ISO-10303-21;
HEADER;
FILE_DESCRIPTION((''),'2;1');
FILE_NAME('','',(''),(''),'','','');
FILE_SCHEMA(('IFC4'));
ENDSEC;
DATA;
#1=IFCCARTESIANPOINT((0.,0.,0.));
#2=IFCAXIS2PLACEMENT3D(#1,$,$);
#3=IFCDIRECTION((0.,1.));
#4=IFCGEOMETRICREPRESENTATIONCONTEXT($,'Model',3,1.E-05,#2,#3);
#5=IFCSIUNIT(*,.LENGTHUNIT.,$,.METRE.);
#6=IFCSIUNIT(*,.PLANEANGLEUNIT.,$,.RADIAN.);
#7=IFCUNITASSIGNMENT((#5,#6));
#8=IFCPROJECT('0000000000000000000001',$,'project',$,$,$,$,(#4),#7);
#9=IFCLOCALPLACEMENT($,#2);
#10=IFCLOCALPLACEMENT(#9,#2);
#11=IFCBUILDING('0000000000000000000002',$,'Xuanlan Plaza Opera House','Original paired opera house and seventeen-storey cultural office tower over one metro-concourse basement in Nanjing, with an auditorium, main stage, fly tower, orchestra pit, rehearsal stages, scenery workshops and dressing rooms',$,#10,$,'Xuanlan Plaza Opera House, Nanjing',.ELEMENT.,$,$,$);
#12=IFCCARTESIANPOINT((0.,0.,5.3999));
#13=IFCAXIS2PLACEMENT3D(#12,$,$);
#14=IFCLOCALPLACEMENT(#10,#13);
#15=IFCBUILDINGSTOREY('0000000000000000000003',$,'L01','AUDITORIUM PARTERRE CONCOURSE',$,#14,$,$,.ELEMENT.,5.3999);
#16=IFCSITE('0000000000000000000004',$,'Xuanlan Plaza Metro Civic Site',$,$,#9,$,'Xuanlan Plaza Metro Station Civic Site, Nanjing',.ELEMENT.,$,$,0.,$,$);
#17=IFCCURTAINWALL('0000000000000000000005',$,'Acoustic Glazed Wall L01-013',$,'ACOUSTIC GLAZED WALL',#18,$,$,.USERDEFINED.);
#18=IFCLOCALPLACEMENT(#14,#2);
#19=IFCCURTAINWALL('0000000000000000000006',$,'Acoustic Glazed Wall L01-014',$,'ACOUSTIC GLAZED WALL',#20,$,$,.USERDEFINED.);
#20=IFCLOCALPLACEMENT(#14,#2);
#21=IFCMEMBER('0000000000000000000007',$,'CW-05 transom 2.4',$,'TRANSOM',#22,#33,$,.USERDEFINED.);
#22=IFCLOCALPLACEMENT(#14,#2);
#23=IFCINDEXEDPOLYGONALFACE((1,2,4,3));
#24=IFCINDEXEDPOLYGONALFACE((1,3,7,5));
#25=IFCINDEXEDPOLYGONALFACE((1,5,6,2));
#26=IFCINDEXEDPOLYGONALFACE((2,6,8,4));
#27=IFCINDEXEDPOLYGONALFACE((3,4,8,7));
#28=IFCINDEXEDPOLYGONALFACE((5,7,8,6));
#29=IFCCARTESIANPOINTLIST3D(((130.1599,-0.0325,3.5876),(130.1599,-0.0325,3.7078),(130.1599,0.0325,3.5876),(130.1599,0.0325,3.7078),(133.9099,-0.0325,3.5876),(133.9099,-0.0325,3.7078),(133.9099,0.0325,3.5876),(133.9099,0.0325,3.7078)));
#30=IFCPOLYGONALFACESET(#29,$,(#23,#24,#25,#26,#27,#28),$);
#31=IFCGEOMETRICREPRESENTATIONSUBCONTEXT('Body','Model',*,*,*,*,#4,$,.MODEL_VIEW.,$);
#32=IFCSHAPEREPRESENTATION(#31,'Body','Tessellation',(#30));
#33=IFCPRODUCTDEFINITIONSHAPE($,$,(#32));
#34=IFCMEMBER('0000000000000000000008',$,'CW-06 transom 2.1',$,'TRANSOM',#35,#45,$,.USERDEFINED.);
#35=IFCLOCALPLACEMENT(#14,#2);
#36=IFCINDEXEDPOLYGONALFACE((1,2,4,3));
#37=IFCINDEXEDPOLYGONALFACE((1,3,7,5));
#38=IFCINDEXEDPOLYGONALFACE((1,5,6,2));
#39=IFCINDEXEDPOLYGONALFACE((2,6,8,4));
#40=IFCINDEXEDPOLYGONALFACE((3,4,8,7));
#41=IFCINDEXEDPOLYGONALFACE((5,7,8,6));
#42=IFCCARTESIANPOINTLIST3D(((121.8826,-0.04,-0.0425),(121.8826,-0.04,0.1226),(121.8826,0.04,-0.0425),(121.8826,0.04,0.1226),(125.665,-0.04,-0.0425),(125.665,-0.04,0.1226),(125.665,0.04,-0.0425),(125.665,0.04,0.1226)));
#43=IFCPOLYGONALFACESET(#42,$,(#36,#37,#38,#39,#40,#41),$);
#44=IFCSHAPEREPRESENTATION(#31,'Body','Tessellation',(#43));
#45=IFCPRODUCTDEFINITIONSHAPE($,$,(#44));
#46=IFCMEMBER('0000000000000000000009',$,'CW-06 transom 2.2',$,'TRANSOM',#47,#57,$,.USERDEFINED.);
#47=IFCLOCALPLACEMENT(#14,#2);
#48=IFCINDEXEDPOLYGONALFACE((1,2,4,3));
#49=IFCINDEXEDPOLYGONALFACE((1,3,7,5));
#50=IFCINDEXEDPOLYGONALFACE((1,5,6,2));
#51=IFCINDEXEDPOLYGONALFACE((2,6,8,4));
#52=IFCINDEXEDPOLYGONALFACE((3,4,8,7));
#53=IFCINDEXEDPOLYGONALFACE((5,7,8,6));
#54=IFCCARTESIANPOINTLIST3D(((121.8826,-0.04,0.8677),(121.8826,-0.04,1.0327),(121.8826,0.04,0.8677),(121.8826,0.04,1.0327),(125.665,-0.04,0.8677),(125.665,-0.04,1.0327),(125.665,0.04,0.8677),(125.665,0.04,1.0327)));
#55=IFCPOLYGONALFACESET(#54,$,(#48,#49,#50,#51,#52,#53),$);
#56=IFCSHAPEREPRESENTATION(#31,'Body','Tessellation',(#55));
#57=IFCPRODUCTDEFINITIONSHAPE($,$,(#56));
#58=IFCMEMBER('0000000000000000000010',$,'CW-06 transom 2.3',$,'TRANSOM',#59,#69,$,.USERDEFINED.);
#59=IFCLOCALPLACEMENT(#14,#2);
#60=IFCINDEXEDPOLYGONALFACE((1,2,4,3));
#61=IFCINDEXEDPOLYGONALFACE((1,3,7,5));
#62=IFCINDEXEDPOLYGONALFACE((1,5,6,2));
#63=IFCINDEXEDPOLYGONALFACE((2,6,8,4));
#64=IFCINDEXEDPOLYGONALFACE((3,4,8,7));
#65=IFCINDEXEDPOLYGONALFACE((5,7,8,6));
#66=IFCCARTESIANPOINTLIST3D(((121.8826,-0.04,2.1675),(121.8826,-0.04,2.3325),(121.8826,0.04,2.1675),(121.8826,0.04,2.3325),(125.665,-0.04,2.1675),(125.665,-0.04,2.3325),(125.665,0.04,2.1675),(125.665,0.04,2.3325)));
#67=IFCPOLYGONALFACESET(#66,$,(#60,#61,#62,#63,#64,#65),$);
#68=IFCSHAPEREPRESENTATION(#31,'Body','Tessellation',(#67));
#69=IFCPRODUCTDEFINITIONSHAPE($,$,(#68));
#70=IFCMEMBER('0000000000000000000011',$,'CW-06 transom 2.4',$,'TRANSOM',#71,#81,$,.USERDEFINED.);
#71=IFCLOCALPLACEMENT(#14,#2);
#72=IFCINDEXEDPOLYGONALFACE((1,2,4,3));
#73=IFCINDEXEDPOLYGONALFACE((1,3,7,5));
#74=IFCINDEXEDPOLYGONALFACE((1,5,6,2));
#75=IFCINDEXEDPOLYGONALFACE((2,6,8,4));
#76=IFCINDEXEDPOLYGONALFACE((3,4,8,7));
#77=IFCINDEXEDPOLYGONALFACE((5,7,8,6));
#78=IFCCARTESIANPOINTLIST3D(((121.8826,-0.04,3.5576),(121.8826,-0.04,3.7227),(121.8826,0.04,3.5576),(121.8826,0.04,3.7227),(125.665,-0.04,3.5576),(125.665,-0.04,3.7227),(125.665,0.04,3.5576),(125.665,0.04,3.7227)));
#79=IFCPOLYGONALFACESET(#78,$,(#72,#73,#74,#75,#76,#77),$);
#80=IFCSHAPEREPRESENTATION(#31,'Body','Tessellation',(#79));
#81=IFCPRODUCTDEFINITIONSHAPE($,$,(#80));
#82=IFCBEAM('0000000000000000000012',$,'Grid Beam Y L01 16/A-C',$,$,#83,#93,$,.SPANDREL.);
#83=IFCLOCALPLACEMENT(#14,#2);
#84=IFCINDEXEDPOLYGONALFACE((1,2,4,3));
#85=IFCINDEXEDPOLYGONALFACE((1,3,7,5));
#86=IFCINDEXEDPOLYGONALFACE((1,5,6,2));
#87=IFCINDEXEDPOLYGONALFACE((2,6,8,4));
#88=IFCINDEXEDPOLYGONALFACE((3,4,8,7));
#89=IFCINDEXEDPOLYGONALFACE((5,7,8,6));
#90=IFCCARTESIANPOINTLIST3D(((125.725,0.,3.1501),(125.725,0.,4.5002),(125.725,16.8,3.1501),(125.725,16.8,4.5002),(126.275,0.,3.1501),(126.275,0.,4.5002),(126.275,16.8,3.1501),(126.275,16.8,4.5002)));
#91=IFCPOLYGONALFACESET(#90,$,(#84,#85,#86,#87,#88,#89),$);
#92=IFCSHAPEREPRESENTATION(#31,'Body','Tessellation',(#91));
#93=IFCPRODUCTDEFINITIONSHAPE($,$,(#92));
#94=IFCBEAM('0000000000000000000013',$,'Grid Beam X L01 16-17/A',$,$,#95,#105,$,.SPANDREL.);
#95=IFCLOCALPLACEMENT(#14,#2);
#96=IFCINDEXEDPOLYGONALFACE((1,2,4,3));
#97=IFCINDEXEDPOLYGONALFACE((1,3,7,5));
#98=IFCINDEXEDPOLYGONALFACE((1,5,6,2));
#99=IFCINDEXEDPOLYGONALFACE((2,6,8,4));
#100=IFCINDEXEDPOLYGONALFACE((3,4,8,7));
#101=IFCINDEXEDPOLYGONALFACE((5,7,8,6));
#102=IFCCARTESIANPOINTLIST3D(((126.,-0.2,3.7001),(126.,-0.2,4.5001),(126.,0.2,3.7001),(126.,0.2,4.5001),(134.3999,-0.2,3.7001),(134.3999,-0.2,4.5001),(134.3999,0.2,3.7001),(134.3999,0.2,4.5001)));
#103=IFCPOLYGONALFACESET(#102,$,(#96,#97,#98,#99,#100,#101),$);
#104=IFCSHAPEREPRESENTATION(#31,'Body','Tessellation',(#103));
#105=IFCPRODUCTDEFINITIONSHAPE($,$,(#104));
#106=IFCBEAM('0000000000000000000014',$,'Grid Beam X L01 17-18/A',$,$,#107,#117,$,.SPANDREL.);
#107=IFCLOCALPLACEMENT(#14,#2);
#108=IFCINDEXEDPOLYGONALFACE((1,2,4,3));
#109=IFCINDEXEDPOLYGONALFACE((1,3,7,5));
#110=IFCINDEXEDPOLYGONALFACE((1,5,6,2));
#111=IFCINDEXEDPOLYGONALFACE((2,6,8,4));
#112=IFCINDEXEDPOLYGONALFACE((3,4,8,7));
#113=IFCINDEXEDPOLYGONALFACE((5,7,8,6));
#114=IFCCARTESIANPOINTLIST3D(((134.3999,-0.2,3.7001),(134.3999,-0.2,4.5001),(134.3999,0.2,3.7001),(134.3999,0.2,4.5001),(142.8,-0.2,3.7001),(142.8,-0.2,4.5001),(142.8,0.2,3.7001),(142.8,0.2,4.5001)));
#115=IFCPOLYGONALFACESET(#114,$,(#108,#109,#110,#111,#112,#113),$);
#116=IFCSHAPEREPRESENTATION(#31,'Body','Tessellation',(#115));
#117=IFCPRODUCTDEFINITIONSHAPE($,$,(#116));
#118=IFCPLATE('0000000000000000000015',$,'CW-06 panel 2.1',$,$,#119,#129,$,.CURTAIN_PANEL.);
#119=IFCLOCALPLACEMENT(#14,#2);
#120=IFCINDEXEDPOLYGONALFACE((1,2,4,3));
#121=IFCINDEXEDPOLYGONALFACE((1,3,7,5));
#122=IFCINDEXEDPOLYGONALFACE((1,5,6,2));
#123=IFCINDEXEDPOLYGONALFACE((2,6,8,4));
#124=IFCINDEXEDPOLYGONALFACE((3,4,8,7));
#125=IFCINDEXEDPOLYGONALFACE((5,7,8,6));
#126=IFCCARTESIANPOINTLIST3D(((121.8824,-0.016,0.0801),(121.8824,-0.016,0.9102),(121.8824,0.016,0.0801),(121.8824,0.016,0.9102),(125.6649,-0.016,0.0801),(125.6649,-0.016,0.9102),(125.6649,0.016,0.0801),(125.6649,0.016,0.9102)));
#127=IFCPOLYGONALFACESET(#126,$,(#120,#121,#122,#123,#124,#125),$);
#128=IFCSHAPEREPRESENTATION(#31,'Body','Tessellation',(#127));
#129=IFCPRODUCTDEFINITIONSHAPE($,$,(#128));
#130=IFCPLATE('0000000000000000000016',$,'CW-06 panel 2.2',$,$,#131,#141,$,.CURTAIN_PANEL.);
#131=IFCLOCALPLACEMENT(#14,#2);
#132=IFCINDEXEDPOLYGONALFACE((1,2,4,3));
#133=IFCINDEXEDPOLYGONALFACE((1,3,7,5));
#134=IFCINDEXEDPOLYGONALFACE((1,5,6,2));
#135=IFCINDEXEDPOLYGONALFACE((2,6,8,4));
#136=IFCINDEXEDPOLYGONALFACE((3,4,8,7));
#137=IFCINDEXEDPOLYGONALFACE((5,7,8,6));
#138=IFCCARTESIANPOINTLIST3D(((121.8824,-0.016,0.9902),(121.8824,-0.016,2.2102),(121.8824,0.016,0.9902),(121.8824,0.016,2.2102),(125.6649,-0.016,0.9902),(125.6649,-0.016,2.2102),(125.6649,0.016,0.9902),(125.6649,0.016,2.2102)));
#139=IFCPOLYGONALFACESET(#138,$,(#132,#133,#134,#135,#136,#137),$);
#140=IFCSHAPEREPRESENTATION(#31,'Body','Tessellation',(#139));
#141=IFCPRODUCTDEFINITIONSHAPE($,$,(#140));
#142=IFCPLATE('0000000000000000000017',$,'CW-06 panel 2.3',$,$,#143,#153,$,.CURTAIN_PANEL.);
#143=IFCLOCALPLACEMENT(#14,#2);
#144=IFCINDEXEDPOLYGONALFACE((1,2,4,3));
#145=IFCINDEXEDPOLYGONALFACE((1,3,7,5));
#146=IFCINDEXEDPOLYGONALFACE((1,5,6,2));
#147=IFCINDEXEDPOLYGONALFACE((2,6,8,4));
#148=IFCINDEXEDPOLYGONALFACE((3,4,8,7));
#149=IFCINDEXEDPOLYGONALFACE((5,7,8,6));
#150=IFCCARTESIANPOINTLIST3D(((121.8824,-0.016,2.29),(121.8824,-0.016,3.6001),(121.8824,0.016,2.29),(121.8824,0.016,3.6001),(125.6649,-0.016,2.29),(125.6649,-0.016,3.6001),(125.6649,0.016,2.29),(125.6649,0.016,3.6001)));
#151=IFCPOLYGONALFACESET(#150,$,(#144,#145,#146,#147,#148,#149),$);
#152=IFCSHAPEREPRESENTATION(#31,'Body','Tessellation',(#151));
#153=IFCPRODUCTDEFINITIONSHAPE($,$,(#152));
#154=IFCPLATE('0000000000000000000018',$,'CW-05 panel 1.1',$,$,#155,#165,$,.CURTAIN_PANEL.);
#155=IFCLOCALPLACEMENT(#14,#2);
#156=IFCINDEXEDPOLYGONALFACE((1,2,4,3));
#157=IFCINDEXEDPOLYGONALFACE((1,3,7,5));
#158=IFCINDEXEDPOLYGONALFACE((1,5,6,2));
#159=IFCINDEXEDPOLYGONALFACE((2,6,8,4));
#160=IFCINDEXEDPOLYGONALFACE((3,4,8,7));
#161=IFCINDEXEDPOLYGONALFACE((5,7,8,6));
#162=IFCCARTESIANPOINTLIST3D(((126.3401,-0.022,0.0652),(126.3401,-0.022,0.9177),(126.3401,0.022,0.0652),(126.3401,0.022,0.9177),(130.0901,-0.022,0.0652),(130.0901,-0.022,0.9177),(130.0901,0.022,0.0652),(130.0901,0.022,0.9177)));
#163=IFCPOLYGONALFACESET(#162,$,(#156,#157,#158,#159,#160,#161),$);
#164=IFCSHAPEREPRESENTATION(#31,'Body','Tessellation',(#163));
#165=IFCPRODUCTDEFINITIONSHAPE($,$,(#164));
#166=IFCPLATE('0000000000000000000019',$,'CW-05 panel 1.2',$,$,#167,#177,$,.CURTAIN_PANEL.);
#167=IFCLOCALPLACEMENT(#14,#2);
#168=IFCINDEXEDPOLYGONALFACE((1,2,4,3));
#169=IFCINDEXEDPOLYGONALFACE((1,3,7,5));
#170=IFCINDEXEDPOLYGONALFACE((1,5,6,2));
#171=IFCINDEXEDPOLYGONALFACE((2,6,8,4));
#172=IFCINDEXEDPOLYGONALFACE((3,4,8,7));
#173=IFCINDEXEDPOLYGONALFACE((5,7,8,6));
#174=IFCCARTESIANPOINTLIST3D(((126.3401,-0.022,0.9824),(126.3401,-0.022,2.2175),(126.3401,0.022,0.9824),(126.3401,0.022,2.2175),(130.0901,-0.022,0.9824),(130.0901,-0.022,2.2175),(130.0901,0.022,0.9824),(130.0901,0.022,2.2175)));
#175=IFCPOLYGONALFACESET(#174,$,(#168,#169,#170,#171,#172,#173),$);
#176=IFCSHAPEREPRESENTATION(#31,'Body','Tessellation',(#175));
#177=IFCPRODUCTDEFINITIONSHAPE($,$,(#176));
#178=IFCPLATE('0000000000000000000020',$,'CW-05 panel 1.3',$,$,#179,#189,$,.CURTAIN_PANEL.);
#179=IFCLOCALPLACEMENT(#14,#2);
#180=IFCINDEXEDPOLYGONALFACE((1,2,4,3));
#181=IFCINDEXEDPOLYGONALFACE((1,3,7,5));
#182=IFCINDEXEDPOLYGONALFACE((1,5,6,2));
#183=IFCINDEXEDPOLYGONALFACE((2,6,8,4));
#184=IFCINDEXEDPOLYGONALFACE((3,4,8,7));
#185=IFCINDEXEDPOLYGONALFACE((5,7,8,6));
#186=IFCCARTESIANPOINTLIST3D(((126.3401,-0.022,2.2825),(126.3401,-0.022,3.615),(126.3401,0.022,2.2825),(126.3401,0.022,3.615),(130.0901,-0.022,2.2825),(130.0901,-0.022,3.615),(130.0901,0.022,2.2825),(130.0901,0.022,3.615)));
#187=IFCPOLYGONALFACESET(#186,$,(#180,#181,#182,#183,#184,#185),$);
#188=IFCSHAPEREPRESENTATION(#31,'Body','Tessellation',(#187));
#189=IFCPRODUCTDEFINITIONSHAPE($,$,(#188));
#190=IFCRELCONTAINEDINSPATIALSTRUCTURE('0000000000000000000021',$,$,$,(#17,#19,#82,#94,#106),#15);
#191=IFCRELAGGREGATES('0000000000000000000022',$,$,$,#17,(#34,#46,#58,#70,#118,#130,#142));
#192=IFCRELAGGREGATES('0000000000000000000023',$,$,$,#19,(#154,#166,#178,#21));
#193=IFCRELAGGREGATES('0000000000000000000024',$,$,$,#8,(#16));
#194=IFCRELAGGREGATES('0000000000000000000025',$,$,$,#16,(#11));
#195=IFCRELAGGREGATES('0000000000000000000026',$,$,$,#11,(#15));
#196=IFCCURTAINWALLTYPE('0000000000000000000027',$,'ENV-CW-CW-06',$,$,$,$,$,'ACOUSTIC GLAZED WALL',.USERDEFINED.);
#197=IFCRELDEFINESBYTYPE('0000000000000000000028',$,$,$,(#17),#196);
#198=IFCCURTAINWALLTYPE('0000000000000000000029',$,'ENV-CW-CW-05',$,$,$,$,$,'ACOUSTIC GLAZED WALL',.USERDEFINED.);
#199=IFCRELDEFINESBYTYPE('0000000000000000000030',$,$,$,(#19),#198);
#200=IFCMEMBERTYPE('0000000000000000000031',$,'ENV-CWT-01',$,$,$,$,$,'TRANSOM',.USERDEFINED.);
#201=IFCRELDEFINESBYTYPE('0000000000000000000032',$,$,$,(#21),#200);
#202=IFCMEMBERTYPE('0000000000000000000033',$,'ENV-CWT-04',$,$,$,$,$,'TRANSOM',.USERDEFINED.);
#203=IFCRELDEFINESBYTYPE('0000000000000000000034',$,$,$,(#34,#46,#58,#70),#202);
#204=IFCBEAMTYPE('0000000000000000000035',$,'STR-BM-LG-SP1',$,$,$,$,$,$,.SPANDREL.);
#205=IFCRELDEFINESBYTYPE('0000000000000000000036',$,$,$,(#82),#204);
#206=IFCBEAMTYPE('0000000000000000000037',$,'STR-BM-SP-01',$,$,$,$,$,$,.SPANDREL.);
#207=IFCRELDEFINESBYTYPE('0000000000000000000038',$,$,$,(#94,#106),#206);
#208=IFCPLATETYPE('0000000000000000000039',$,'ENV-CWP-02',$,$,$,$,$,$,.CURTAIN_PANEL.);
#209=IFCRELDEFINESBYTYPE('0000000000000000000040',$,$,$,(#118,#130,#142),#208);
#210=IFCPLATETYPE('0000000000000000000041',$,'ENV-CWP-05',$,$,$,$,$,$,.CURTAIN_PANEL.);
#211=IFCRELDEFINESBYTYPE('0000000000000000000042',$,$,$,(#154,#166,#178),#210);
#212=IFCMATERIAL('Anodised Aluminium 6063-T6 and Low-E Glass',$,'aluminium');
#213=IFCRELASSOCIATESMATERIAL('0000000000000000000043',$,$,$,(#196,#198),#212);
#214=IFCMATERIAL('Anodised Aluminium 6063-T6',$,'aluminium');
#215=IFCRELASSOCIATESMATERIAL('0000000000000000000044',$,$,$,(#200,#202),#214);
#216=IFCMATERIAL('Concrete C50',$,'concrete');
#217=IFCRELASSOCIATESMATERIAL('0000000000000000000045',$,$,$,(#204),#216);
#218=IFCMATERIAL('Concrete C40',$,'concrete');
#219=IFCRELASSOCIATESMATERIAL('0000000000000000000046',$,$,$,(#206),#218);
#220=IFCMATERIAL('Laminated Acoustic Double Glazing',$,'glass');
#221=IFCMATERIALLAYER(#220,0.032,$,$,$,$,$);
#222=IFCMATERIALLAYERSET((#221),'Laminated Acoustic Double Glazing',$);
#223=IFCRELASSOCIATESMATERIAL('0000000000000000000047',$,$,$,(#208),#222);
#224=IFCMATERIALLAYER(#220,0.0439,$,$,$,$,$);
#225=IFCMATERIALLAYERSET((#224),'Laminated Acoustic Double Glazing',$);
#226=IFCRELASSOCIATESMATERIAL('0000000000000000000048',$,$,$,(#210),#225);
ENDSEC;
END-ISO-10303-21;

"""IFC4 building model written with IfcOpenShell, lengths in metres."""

from ifc_helpers import new_model, si_unit, direction, frame, origin, origin_2d, place, context, subcontext, project, spatial, rectangle, extrude, material, layer, layer_set, material_profile, profile_set, type_object, element, aggregate, save


model = new_model("IFC4")

# Units and contexts
model_context = context("Model", 3, precision=1e-05, world=origin(), true_north=direction((0.0, 1.0)))
body_context = subcontext(model_context, "Body", "Model", "MODEL_VIEW")
ifc_project = project(units=[si_unit("LENGTHUNIT", "METRE"), si_unit("PLANEANGLEUNIT", "RADIAN")], contexts=[model_context])

# Site, building, storey
site_placement = place(None, origin())
site = spatial("IfcSite", under=ifc_project, at=site_placement, Name="Xuanlan Plaza Metro Civic Site", LongName="Xuanlan Plaza Metro Station Civic Site, Nanjing", CompositionType="ELEMENT", RefElevation=0.0)
building_placement = place(site_placement, origin())
building = spatial("IfcBuilding", under=site, at=building_placement, Name="Xuanlan Plaza Opera House", Description="Original paired opera house and seventeen-storey cultural office tower over one metro-concourse basement in Nanjing, with an auditorium, main stage, fly tower, orchestra pit, rehearsal stages, scenery workshops and dressing rooms", LongName="Xuanlan Plaza Opera House, Nanjing", CompositionType="ELEMENT")
storey_placement = place(building_placement, frame((0.0, 0.0, 5.3999)))
storey = spatial("IfcBuildingStorey", under=building, at=storey_placement, Name="L01", Description="AUDITORIUM PARTERRE CONCOURSE", CompositionType="ELEMENT", Elevation=5.3999)

# Shared definitions
ifc_material_1 = material(Name="Concrete C40", Category="concrete")

# Curtain walls, member
ifc_material_2 = material(Name="Anodised Aluminium 6063-T6 and Low-E Glass", Category="aluminium")
curtain_wall_type_1 = type_object("IfcCurtainWallType", Name="ENV-CW-CW-06", ElementType="ACOUSTIC GLAZED WALL", PredefinedType="USERDEFINED", material=ifc_material_2)
curtain_wall_1_placement = place(storey_placement, origin())
curtain_wall_1 = element("IfcCurtainWall", 1, at=curtain_wall_1_placement, inside=storey, type_object=curtain_wall_type_1, Name="Acoustic Glazed Wall L01-013", ObjectType="ACOUSTIC GLAZED WALL", PredefinedType="USERDEFINED")
ifc_material_3 = material(Name="Anodised Aluminium 6063-T6", Category="aluminium")
curtain_wall_type_2 = type_object("IfcCurtainWallType", Name="ENV-CW-CW-05", ElementType="ACOUSTIC GLAZED WALL", PredefinedType="USERDEFINED", material=ifc_material_2)
curtain_wall_2_placement = place(storey_placement, origin())
curtain_wall_2 = element("IfcCurtainWall", 2, at=curtain_wall_2_placement, inside=storey, type_object=curtain_wall_type_2, Name="Acoustic Glazed Wall L01-014", ObjectType="ACOUSTIC GLAZED WALL", PredefinedType="USERDEFINED")
ifc_material_profile_1 = material_profile(ifc_material_3, rectangle(XDim=0.0649, YDim=0.1201, at=origin_2d()), Name="ALU-T 65x120")
ifc_profile_set_1 = profile_set([ifc_material_profile_1], Name="Anodised Aluminium 6063-T6")
member_type_1 = type_object("IfcMemberType", Name="ENV-CWT-01", ElementType="TRANSOM", PredefinedType="USERDEFINED", material=ifc_profile_set_1)
member_1_placement = place(storey_placement, frame((130.1599, 0.0, 3.6477), z_axis=(1.0, 0.0, 0.0), x_axis=(0.0, 1.0, 0.0)))
member_1 = element("IfcMember", 3, at=member_1_placement, type_object=member_type_1, Name="CW-05 transom 2.4", ObjectType="TRANSOM", PredefinedType="USERDEFINED", context=body_context, shape_type="SweptSolid", body=[
    extrude(rectangle(XDim=0.0649, YDim=0.1201, at=origin_2d()), origin(), (0.0, 0.0, 1.0), 3.75),
])

# Members
ifc_material_profile_2 = material_profile(ifc_material_3, rectangle(XDim=0.0801, YDim=0.165, at=origin_2d()), Name="ALU-T 80x165")
ifc_profile_set_2 = profile_set([ifc_material_profile_2], Name="Anodised Aluminium 6063-T6")
member_type_2 = type_object("IfcMemberType", Name="ENV-CWT-04", ElementType="TRANSOM", PredefinedType="USERDEFINED", material=ifc_profile_set_2)
member_2_placement = place(storey_placement, frame((121.8826, 0.0, 0.04), z_axis=(1.0, 0.0, 0.0), x_axis=(0.0, 1.0, 0.0)))
member_2 = element("IfcMember", 4, at=member_2_placement, type_object=member_type_2, Name="CW-06 transom 2.1", ObjectType="TRANSOM", PredefinedType="USERDEFINED", context=body_context, shape_type="SweptSolid", body=[
    extrude(rectangle(XDim=0.0801, YDim=0.165, at=origin_2d()), origin(), (0.0, 0.0, 1.0), 3.7825),
])
member_3_placement = place(storey_placement, frame((121.8826, 0.0, 0.9502), z_axis=(1.0, 0.0, 0.0), x_axis=(0.0, 1.0, 0.0)))
member_3 = element("IfcMember", 5, at=member_3_placement, type_object=member_type_2, Name="CW-06 transom 2.2", ObjectType="TRANSOM", PredefinedType="USERDEFINED", context=body_context, shape_type="SweptSolid", body=[
    extrude(rectangle(XDim=0.0801, YDim=0.165, at=origin_2d()), origin(), (0.0, 0.0, 1.0), 3.7825),
])
member_4_placement = place(storey_placement, frame((121.8826, 0.0, 2.25), z_axis=(1.0, 0.0, 0.0), x_axis=(0.0, 1.0, 0.0)))
member_4 = element("IfcMember", 6, at=member_4_placement, type_object=member_type_2, Name="CW-06 transom 2.3", ObjectType="TRANSOM", PredefinedType="USERDEFINED", context=body_context, shape_type="SweptSolid", body=[
    extrude(rectangle(XDim=0.0801, YDim=0.165, at=origin_2d()), origin(), (0.0, 0.0, 1.0), 3.7825),
])
member_5_placement = place(storey_placement, frame((121.8826, 0.0, 3.6401), z_axis=(1.0, 0.0, 0.0), x_axis=(0.0, 1.0, 0.0)))
member_5 = element("IfcMember", 7, at=member_5_placement, type_object=member_type_2, Name="CW-06 transom 2.4", ObjectType="TRANSOM", PredefinedType="USERDEFINED", context=body_context, shape_type="SweptSolid", body=[
    extrude(rectangle(XDim=0.0801, YDim=0.165, at=origin_2d()), origin(), (0.0, 0.0, 1.0), 3.7825),
])

# Beams
ifc_material_4 = material(Name="Concrete C50", Category="concrete")
ifc_material_profile_3 = material_profile(ifc_material_4, rectangle(XDim=0.55, YDim=1.3501, at=origin_2d()), Name="RC-SPD 550x1350")
ifc_profile_set_3 = profile_set([ifc_material_profile_3], Name="Concrete C50")
beam_type_1 = type_object("IfcBeamType", Name="STR-BM-LG-SP1", PredefinedType="SPANDREL", material=ifc_profile_set_3)
beam_1_placement = place(storey_placement, frame((126.0, 0.0, 3.8252), z_axis=(0.0, 1.0, 0.0), x_axis=(-1.0, 0.0, 0.0)))
element("IfcBeam", 8, at=beam_1_placement, inside=storey, type_object=beam_type_1, Name="Grid Beam Y L01 16/A-C", PredefinedType="SPANDREL", context=body_context, shape_type="SweptSolid", body=[
    extrude(rectangle(XDim=0.55, YDim=1.3501, at=origin_2d()), origin(), (0.0, 0.0, 1.0), 16.8),
])
ifc_material_profile_4 = material_profile(ifc_material_1, rectangle(XDim=0.3999, YDim=0.8, at=origin_2d()), Name="RC-SPD 400x800")
ifc_profile_set_4 = profile_set([ifc_material_profile_4], Name="Concrete C40")
beam_type_2 = type_object("IfcBeamType", Name="STR-BM-SP-01", PredefinedType="SPANDREL", material=ifc_profile_set_4)
beam_2_placement = place(storey_placement, frame((126.0, 0.0, 4.1001), z_axis=(1.0, 0.0, 0.0), x_axis=(0.0, 1.0, 0.0)))
element("IfcBeam", 9, at=beam_2_placement, inside=storey, type_object=beam_type_2, Name="Grid Beam X L01 16-17/A", PredefinedType="SPANDREL", context=body_context, shape_type="SweptSolid", body=[
    extrude(rectangle(XDim=0.3999, YDim=0.8, at=origin_2d()), origin(), (0.0, 0.0, 1.0), 8.3999),
])
beam_3_placement = place(storey_placement, frame((134.3999, 0.0, 4.1001), z_axis=(1.0, 0.0, 0.0), x_axis=(0.0, 1.0, 0.0)))
element("IfcBeam", 10, at=beam_3_placement, inside=storey, type_object=beam_type_2, Name="Grid Beam X L01 17-18/A", PredefinedType="SPANDREL", context=body_context, shape_type="SweptSolid", body=[
    extrude(rectangle(XDim=0.3999, YDim=0.8, at=origin_2d()), origin(), (0.0, 0.0, 1.0), 8.4001),
])

# Plates
ifc_material_5 = material(Name="Laminated Acoustic Double Glazing", Category="glass")
ifc_layer_1 = layer(ifc_material_5, 0.032)
ifc_layer_set_1 = layer_set([ifc_layer_1], Name="Laminated Acoustic Double Glazing")
plate_type_1 = type_object("IfcPlateType", Name="ENV-CWP-02", PredefinedType="CURTAIN_PANEL", material=ifc_layer_set_1)
plate_1_placement = place(storey_placement, frame((123.7737, 0.0, 0.0801), z_axis=(0.0, 0.0, 1.0), x_axis=(1.0, 0.0, 0.0)))
plate_1 = element("IfcPlate", 11, at=plate_1_placement, type_object=plate_type_1, Name="CW-06 panel 2.1", PredefinedType="CURTAIN_PANEL", context=body_context, shape_type="SweptSolid", body=[
    extrude(rectangle(XDim=3.7825, YDim=0.032, at=origin_2d()), origin(), (0.0, 0.0, 1.0), 0.8301),
])
plate_2_placement = place(storey_placement, frame((123.7737, 0.0, 0.9902), z_axis=(0.0, 0.0, 1.0), x_axis=(1.0, 0.0, 0.0)))
plate_2 = element("IfcPlate", 12, at=plate_2_placement, type_object=plate_type_1, Name="CW-06 panel 2.2", PredefinedType="CURTAIN_PANEL", context=body_context, shape_type="SweptSolid", body=[
    extrude(rectangle(XDim=3.7825, YDim=0.032, at=origin_2d()), origin(), (0.0, 0.0, 1.0), 1.22),
])
plate_3_placement = place(storey_placement, frame((123.7737, 0.0, 2.29), z_axis=(0.0, 0.0, 1.0), x_axis=(1.0, 0.0, 0.0)))
plate_3 = element("IfcPlate", 13, at=plate_3_placement, type_object=plate_type_1, Name="CW-06 panel 2.3", PredefinedType="CURTAIN_PANEL", context=body_context, shape_type="SweptSolid", body=[
    extrude(rectangle(XDim=3.7825, YDim=0.032, at=origin_2d()), origin(), (0.0, 0.0, 1.0), 1.3101),
])
aggregate(curtain_wall_1, [member_2, member_3, member_4, member_5, plate_1, plate_2, plate_3])
ifc_layer_2 = layer(ifc_material_5, 0.0439)
ifc_layer_set_2 = layer_set([ifc_layer_2], Name="Laminated Acoustic Double Glazing")
plate_type_2 = type_object("IfcPlateType", Name="ENV-CWP-05", PredefinedType="CURTAIN_PANEL", material=ifc_layer_set_2)
plate_4_placement = place(storey_placement, frame((128.2151, 0.0, 0.0652), z_axis=(0.0, 0.0, 1.0), x_axis=(1.0, 0.0, 0.0)))
plate_4 = element("IfcPlate", 14, at=plate_4_placement, type_object=plate_type_2, Name="CW-05 panel 1.1", PredefinedType="CURTAIN_PANEL", context=body_context, shape_type="SweptSolid", body=[
    extrude(rectangle(XDim=3.75, YDim=0.0439, at=origin_2d()), origin(), (0.0, 0.0, 1.0), 0.8525),
])
plate_5_placement = place(storey_placement, frame((128.2151, 0.0, 0.9824), z_axis=(0.0, 0.0, 1.0), x_axis=(1.0, 0.0, 0.0)))
plate_5 = element("IfcPlate", 15, at=plate_5_placement, type_object=plate_type_2, Name="CW-05 panel 1.2", PredefinedType="CURTAIN_PANEL", context=body_context, shape_type="SweptSolid", body=[
    extrude(rectangle(XDim=3.75, YDim=0.0439, at=origin_2d()), origin(), (0.0, 0.0, 1.0), 1.2351),
])
plate_6_placement = place(storey_placement, frame((128.2151, 0.0, 2.2825), z_axis=(0.0, 0.0, 1.0), x_axis=(1.0, 0.0, 0.0)))
plate_6 = element("IfcPlate", 16, at=plate_6_placement, type_object=plate_type_2, Name="CW-05 panel 1.3", PredefinedType="CURTAIN_PANEL", context=body_context, shape_type="SweptSolid", body=[
    extrude(rectangle(XDim=3.75, YDim=0.0439, at=origin_2d()), origin(), (0.0, 0.0, 1.0), 1.3325),
])
aggregate(curtain_wall_2, [plate_4, plate_5, plate_6, member_1])

save(model, "model.ifc")
